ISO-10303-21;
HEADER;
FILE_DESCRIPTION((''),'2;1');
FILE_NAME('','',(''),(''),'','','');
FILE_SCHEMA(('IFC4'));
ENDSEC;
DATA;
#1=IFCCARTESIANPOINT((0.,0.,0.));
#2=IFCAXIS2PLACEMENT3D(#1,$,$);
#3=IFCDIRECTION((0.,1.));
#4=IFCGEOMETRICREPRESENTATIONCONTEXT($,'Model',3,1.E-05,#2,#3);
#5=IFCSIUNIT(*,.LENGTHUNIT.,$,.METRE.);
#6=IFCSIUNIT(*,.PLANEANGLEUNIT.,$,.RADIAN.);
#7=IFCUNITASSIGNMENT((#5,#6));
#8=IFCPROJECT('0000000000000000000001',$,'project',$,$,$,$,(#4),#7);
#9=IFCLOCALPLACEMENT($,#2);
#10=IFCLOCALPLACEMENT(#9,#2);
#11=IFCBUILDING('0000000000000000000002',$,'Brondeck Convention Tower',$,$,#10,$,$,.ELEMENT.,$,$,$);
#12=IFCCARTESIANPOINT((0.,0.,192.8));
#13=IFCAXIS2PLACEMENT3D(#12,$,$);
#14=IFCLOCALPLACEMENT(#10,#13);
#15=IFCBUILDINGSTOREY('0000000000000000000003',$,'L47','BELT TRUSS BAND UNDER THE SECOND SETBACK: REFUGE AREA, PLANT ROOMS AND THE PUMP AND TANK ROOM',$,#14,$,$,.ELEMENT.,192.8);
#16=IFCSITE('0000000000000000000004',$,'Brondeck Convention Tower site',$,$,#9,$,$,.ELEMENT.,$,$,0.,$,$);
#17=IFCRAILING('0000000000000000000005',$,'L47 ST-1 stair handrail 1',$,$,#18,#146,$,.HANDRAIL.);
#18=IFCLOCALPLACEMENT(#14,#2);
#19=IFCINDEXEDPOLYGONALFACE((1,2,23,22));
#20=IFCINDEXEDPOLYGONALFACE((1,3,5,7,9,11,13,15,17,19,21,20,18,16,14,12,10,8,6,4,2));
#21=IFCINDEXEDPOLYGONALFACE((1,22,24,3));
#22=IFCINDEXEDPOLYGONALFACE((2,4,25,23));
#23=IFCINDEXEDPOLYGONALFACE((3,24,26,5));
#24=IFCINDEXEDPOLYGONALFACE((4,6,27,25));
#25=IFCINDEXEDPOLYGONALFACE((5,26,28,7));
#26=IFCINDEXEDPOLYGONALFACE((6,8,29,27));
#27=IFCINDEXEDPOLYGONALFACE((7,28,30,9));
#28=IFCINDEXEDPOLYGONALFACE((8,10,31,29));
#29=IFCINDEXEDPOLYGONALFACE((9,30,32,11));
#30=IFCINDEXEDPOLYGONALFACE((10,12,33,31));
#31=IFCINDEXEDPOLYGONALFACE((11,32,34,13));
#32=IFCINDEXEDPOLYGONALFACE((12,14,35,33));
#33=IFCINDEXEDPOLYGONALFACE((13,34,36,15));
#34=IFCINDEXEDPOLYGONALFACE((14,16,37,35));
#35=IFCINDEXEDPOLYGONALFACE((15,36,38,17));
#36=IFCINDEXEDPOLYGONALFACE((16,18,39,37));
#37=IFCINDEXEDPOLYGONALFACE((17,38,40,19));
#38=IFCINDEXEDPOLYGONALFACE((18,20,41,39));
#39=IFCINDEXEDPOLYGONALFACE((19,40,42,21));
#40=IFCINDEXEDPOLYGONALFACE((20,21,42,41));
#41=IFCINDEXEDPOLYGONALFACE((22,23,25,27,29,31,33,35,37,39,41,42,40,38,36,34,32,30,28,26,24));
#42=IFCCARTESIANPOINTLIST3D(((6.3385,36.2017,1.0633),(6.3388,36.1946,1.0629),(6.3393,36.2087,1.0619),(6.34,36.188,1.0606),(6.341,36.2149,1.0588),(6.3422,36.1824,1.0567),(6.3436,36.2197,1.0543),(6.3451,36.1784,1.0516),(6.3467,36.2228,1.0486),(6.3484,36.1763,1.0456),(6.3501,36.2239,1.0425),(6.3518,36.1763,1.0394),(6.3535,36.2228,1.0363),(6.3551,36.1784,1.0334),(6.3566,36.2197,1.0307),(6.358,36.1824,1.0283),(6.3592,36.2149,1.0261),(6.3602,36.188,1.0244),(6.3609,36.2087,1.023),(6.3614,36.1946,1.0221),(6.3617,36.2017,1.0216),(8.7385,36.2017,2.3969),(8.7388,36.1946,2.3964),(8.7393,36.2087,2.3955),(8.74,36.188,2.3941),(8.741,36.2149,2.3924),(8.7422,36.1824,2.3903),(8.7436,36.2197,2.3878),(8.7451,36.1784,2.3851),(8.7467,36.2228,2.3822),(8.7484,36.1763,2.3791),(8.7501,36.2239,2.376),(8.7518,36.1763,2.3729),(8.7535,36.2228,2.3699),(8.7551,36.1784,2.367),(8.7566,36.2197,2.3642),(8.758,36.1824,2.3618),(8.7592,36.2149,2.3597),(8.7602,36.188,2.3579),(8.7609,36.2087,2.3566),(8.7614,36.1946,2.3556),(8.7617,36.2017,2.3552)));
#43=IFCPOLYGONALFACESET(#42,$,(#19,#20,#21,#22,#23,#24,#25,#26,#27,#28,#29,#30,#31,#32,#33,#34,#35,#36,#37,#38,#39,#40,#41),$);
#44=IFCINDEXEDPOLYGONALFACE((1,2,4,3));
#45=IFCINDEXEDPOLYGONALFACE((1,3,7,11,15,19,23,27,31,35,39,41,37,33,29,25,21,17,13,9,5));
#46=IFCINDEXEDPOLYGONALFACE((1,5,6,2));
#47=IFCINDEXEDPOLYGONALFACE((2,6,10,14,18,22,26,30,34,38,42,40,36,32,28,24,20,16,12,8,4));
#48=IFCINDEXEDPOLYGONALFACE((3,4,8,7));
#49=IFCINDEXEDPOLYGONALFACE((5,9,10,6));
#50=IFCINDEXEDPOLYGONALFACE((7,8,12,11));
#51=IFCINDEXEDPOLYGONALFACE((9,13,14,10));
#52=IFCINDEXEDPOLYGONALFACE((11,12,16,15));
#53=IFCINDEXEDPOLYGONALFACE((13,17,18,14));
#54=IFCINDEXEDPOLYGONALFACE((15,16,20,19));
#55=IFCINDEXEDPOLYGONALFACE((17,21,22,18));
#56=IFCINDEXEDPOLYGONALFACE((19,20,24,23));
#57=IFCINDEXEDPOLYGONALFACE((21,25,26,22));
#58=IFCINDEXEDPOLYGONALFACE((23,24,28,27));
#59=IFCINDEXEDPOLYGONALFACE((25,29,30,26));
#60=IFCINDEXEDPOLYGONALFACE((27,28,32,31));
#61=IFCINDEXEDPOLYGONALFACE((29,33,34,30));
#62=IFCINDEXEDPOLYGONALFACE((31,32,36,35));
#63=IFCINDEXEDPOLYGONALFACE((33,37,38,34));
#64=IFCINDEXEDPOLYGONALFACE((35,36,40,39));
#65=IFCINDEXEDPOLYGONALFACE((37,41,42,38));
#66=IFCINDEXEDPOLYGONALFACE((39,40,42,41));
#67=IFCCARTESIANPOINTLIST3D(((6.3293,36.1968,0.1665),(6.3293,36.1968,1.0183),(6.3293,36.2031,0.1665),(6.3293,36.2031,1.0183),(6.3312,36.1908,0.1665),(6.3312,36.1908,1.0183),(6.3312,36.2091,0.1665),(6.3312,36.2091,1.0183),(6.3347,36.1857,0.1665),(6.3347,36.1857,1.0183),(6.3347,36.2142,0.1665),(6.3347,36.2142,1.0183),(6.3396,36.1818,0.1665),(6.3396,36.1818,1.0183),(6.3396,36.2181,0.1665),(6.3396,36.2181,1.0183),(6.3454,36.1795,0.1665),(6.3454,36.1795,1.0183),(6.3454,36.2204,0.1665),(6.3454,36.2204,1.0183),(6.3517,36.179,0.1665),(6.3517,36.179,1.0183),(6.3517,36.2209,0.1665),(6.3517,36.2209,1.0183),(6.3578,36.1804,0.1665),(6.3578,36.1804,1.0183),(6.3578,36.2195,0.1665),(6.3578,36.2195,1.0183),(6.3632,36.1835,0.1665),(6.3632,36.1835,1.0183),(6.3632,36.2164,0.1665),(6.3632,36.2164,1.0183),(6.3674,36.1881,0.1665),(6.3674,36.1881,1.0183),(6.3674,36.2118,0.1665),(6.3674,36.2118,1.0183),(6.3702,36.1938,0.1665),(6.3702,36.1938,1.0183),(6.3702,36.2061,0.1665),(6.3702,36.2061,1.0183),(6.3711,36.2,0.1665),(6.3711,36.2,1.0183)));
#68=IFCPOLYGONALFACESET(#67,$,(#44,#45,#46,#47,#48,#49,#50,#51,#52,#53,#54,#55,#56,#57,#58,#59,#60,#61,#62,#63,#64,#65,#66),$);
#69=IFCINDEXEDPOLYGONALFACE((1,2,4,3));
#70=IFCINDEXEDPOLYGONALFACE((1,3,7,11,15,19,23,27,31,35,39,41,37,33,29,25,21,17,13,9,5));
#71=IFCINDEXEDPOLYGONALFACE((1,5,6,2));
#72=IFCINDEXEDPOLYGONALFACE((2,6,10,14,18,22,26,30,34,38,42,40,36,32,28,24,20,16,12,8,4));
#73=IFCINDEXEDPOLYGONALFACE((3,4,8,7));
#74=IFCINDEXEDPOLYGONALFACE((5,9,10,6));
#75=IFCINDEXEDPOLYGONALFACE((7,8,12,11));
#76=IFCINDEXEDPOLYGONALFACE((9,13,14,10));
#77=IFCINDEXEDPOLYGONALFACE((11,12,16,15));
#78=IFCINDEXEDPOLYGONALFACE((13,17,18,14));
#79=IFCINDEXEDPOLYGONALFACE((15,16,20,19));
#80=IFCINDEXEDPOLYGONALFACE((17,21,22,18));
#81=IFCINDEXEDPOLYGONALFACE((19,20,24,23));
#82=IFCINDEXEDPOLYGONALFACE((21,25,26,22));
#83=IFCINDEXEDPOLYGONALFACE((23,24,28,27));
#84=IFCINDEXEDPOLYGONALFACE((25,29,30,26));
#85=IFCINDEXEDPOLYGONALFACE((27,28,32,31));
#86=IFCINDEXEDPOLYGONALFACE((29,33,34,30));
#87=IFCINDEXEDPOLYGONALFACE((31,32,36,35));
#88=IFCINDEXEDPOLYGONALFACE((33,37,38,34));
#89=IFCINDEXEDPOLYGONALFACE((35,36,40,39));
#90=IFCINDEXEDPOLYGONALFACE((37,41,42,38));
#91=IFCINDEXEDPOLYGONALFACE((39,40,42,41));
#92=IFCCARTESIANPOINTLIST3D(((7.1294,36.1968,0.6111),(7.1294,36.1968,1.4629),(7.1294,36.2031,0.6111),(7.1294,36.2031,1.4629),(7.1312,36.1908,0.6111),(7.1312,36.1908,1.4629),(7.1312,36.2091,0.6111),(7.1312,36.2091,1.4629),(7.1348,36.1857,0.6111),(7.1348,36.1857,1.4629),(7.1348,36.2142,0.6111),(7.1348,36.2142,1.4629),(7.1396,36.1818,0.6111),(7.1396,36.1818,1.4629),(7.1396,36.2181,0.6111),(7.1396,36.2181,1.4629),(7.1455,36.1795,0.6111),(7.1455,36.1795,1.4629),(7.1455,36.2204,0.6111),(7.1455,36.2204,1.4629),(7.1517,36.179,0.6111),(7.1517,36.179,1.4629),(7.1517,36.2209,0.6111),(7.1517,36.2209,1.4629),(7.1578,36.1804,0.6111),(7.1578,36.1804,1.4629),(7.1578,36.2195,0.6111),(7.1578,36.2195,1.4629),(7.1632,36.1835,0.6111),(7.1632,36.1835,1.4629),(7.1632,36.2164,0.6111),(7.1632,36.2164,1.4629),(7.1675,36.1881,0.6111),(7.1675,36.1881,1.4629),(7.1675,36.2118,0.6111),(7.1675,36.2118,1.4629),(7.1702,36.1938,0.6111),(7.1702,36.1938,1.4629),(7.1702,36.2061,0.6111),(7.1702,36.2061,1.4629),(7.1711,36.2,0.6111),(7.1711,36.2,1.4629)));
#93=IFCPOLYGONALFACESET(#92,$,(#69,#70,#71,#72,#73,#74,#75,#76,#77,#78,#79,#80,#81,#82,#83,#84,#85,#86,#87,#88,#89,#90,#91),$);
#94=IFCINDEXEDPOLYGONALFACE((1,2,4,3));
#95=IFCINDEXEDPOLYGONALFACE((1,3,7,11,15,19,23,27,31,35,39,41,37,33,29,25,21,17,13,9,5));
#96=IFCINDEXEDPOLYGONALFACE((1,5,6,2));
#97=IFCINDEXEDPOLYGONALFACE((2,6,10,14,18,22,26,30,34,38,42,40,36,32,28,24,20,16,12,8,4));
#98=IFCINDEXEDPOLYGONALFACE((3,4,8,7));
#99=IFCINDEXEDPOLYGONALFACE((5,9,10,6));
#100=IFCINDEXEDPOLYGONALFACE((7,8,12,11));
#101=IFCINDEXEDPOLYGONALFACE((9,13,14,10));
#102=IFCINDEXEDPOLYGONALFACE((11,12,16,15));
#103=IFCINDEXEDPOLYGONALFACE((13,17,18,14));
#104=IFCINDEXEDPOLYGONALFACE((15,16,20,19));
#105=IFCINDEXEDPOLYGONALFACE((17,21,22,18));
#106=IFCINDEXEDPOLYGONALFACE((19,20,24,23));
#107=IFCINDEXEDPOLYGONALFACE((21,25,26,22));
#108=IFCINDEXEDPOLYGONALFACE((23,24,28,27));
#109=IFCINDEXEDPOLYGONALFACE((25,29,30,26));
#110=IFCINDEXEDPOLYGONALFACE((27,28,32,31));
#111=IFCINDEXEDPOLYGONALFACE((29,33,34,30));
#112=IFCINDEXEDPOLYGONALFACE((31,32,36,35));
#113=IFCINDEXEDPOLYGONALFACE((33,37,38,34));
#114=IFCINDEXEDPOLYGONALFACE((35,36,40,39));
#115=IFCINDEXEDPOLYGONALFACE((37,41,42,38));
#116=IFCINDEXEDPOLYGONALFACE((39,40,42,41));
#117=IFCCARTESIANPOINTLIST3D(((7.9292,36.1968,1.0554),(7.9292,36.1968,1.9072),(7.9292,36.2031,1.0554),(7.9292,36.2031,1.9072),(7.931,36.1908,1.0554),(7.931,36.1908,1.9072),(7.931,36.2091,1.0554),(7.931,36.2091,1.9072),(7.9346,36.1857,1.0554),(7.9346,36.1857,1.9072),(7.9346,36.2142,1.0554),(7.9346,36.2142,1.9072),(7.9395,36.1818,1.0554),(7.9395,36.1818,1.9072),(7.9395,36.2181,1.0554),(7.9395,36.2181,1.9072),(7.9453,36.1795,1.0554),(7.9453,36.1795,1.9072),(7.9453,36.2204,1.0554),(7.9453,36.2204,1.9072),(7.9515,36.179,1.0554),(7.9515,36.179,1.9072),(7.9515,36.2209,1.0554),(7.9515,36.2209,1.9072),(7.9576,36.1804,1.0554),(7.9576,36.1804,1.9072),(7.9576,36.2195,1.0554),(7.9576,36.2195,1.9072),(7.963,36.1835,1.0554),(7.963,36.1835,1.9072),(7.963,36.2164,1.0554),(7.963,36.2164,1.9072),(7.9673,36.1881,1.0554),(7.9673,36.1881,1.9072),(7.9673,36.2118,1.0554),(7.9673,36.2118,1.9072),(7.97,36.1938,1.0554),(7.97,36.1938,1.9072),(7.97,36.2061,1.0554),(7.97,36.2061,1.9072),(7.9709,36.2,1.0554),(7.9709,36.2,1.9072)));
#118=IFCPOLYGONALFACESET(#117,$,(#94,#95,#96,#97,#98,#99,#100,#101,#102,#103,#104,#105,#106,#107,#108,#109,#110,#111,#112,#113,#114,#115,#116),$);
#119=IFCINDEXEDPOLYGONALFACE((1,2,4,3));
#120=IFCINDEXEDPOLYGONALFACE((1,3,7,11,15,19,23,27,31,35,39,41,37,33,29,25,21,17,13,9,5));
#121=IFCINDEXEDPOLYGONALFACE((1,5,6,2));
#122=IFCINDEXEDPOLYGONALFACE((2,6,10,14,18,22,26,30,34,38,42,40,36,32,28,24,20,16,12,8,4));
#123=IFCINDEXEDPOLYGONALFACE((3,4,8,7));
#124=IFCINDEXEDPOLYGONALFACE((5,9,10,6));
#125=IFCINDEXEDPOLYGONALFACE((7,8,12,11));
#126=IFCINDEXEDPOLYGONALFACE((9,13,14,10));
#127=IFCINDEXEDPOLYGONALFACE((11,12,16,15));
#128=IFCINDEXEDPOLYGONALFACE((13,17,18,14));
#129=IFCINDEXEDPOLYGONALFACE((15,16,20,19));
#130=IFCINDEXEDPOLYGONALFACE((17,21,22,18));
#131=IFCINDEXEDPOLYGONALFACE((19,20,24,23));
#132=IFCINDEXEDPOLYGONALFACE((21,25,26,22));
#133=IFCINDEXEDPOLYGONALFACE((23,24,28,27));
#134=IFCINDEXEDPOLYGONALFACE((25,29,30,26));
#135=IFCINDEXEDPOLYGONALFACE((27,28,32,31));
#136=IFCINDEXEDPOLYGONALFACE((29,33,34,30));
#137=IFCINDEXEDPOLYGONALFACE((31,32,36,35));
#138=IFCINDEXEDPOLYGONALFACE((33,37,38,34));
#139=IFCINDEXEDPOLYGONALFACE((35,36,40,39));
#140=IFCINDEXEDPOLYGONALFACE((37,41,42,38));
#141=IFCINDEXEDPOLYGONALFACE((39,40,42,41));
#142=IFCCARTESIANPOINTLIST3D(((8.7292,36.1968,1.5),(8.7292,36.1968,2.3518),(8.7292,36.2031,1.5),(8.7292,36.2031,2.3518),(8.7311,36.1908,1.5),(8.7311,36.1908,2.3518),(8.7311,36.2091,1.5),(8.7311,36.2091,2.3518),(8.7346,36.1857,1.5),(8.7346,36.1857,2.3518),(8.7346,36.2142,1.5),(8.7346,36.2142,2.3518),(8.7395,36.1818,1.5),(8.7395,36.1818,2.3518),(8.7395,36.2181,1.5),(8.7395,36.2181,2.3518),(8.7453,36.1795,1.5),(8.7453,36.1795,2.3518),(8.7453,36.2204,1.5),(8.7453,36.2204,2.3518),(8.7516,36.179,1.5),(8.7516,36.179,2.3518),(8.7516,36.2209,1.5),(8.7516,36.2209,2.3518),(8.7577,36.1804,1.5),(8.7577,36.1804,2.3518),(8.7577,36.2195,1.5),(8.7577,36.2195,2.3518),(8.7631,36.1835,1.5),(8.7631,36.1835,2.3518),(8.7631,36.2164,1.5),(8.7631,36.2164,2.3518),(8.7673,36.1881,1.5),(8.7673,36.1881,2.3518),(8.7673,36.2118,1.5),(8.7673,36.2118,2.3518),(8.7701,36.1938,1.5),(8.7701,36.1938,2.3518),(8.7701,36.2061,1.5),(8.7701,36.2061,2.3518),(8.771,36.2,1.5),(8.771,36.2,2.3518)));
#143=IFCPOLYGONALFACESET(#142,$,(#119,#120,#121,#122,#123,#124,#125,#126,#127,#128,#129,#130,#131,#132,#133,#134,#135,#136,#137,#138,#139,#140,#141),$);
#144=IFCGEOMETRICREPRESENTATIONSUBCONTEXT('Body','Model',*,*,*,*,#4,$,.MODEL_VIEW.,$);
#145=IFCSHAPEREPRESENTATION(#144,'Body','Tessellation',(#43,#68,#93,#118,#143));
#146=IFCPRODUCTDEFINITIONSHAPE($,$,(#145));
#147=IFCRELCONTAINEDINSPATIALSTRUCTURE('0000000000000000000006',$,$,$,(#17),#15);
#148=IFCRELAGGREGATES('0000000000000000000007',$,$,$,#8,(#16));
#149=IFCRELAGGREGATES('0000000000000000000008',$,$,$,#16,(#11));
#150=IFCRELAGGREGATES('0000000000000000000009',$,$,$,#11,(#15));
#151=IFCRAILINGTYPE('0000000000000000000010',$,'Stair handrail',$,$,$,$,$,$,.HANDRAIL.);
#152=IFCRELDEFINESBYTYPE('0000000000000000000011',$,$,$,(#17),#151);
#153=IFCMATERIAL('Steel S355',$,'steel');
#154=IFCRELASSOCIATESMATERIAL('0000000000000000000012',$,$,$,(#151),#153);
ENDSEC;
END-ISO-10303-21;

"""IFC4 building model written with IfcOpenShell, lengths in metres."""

from ifc_helpers import new_model, si_unit, direction, frame, origin, origin_2d, place, context, subcontext, project, spatial, circle, extrude, material, type_object, element, save


model = new_model("IFC4")

# Units and contexts
model_context = context("Model", 3, precision=1e-05, world=origin(), true_north=direction((0.0, 1.0)))
body_context = subcontext(model_context, "Body", "Model", "MODEL_VIEW")
ifc_project = project(units=[si_unit("LENGTHUNIT", "METRE"), si_unit("PLANEANGLEUNIT", "RADIAN")], contexts=[model_context])

# Site, building, storey
site_placement = place(None, origin())
site = spatial("IfcSite", under=ifc_project, at=site_placement, Name="Brondeck Convention Tower site", CompositionType="ELEMENT", RefElevation=0.0)
building_placement = place(site_placement, origin())
building = spatial("IfcBuilding", under=site, at=building_placement, Name="Brondeck Convention Tower", CompositionType="ELEMENT")
storey_placement = place(building_placement, frame((0.0, 0.0, 192.8)))
storey = spatial("IfcBuildingStorey", under=building, at=storey_placement, Name="L47", Description="BELT TRUSS BAND UNDER THE SECOND SETBACK: REFUGE AREA, PLANT ROOMS AND THE PUMP AND TANK ROOM", CompositionType="ELEMENT", Elevation=192.8)

# Shared definitions
ifc_material_1 = material(Name="Steel S355", Category="steel")

# Railing
railing_type_1 = type_object("IfcRailingType", Name="Stair handrail", PredefinedType="HANDRAIL", material=ifc_material_1)
railing_1_placement = place(storey_placement, frame((6.3501, 36.2, 0.1665)))
element("IfcRailing", 1, at=railing_1_placement, inside=storey, type_object=railing_type_1, Name="L47 ST-1 stair handrail 1", PredefinedType="HANDRAIL", context=body_context, shape_type="SweptSolid", body=[
    extrude(circle(Radius=0.0239, at=origin_2d()), frame((0.0, 0.0, 0.876), z_axis=(0.874124, 0.0, 0.485703), x_axis=(0.0, 1.0, 0.0)), (0.0, 0.0, 1.0), 2.7456),
    extrude(circle(Radius=0.021, at=origin_2d()), origin(), (0.0, 0.0, 1.0), 0.8518),
    extrude(circle(Radius=0.021, at=origin_2d()), frame((0.8, 0.0, 0.4446)), (0.0, 0.0, 1.0), 0.8518),
    extrude(circle(Radius=0.021, at=origin_2d()), frame((1.5999, 0.0, 0.8889)), (0.0, 0.0, 1.0), 0.8518),
    extrude(circle(Radius=0.021, at=origin_2d()), frame((2.3999, 0.0, 1.3335)), (0.0, 0.0, 1.0), 0.8518),
])

save(model, "model.ifc")
